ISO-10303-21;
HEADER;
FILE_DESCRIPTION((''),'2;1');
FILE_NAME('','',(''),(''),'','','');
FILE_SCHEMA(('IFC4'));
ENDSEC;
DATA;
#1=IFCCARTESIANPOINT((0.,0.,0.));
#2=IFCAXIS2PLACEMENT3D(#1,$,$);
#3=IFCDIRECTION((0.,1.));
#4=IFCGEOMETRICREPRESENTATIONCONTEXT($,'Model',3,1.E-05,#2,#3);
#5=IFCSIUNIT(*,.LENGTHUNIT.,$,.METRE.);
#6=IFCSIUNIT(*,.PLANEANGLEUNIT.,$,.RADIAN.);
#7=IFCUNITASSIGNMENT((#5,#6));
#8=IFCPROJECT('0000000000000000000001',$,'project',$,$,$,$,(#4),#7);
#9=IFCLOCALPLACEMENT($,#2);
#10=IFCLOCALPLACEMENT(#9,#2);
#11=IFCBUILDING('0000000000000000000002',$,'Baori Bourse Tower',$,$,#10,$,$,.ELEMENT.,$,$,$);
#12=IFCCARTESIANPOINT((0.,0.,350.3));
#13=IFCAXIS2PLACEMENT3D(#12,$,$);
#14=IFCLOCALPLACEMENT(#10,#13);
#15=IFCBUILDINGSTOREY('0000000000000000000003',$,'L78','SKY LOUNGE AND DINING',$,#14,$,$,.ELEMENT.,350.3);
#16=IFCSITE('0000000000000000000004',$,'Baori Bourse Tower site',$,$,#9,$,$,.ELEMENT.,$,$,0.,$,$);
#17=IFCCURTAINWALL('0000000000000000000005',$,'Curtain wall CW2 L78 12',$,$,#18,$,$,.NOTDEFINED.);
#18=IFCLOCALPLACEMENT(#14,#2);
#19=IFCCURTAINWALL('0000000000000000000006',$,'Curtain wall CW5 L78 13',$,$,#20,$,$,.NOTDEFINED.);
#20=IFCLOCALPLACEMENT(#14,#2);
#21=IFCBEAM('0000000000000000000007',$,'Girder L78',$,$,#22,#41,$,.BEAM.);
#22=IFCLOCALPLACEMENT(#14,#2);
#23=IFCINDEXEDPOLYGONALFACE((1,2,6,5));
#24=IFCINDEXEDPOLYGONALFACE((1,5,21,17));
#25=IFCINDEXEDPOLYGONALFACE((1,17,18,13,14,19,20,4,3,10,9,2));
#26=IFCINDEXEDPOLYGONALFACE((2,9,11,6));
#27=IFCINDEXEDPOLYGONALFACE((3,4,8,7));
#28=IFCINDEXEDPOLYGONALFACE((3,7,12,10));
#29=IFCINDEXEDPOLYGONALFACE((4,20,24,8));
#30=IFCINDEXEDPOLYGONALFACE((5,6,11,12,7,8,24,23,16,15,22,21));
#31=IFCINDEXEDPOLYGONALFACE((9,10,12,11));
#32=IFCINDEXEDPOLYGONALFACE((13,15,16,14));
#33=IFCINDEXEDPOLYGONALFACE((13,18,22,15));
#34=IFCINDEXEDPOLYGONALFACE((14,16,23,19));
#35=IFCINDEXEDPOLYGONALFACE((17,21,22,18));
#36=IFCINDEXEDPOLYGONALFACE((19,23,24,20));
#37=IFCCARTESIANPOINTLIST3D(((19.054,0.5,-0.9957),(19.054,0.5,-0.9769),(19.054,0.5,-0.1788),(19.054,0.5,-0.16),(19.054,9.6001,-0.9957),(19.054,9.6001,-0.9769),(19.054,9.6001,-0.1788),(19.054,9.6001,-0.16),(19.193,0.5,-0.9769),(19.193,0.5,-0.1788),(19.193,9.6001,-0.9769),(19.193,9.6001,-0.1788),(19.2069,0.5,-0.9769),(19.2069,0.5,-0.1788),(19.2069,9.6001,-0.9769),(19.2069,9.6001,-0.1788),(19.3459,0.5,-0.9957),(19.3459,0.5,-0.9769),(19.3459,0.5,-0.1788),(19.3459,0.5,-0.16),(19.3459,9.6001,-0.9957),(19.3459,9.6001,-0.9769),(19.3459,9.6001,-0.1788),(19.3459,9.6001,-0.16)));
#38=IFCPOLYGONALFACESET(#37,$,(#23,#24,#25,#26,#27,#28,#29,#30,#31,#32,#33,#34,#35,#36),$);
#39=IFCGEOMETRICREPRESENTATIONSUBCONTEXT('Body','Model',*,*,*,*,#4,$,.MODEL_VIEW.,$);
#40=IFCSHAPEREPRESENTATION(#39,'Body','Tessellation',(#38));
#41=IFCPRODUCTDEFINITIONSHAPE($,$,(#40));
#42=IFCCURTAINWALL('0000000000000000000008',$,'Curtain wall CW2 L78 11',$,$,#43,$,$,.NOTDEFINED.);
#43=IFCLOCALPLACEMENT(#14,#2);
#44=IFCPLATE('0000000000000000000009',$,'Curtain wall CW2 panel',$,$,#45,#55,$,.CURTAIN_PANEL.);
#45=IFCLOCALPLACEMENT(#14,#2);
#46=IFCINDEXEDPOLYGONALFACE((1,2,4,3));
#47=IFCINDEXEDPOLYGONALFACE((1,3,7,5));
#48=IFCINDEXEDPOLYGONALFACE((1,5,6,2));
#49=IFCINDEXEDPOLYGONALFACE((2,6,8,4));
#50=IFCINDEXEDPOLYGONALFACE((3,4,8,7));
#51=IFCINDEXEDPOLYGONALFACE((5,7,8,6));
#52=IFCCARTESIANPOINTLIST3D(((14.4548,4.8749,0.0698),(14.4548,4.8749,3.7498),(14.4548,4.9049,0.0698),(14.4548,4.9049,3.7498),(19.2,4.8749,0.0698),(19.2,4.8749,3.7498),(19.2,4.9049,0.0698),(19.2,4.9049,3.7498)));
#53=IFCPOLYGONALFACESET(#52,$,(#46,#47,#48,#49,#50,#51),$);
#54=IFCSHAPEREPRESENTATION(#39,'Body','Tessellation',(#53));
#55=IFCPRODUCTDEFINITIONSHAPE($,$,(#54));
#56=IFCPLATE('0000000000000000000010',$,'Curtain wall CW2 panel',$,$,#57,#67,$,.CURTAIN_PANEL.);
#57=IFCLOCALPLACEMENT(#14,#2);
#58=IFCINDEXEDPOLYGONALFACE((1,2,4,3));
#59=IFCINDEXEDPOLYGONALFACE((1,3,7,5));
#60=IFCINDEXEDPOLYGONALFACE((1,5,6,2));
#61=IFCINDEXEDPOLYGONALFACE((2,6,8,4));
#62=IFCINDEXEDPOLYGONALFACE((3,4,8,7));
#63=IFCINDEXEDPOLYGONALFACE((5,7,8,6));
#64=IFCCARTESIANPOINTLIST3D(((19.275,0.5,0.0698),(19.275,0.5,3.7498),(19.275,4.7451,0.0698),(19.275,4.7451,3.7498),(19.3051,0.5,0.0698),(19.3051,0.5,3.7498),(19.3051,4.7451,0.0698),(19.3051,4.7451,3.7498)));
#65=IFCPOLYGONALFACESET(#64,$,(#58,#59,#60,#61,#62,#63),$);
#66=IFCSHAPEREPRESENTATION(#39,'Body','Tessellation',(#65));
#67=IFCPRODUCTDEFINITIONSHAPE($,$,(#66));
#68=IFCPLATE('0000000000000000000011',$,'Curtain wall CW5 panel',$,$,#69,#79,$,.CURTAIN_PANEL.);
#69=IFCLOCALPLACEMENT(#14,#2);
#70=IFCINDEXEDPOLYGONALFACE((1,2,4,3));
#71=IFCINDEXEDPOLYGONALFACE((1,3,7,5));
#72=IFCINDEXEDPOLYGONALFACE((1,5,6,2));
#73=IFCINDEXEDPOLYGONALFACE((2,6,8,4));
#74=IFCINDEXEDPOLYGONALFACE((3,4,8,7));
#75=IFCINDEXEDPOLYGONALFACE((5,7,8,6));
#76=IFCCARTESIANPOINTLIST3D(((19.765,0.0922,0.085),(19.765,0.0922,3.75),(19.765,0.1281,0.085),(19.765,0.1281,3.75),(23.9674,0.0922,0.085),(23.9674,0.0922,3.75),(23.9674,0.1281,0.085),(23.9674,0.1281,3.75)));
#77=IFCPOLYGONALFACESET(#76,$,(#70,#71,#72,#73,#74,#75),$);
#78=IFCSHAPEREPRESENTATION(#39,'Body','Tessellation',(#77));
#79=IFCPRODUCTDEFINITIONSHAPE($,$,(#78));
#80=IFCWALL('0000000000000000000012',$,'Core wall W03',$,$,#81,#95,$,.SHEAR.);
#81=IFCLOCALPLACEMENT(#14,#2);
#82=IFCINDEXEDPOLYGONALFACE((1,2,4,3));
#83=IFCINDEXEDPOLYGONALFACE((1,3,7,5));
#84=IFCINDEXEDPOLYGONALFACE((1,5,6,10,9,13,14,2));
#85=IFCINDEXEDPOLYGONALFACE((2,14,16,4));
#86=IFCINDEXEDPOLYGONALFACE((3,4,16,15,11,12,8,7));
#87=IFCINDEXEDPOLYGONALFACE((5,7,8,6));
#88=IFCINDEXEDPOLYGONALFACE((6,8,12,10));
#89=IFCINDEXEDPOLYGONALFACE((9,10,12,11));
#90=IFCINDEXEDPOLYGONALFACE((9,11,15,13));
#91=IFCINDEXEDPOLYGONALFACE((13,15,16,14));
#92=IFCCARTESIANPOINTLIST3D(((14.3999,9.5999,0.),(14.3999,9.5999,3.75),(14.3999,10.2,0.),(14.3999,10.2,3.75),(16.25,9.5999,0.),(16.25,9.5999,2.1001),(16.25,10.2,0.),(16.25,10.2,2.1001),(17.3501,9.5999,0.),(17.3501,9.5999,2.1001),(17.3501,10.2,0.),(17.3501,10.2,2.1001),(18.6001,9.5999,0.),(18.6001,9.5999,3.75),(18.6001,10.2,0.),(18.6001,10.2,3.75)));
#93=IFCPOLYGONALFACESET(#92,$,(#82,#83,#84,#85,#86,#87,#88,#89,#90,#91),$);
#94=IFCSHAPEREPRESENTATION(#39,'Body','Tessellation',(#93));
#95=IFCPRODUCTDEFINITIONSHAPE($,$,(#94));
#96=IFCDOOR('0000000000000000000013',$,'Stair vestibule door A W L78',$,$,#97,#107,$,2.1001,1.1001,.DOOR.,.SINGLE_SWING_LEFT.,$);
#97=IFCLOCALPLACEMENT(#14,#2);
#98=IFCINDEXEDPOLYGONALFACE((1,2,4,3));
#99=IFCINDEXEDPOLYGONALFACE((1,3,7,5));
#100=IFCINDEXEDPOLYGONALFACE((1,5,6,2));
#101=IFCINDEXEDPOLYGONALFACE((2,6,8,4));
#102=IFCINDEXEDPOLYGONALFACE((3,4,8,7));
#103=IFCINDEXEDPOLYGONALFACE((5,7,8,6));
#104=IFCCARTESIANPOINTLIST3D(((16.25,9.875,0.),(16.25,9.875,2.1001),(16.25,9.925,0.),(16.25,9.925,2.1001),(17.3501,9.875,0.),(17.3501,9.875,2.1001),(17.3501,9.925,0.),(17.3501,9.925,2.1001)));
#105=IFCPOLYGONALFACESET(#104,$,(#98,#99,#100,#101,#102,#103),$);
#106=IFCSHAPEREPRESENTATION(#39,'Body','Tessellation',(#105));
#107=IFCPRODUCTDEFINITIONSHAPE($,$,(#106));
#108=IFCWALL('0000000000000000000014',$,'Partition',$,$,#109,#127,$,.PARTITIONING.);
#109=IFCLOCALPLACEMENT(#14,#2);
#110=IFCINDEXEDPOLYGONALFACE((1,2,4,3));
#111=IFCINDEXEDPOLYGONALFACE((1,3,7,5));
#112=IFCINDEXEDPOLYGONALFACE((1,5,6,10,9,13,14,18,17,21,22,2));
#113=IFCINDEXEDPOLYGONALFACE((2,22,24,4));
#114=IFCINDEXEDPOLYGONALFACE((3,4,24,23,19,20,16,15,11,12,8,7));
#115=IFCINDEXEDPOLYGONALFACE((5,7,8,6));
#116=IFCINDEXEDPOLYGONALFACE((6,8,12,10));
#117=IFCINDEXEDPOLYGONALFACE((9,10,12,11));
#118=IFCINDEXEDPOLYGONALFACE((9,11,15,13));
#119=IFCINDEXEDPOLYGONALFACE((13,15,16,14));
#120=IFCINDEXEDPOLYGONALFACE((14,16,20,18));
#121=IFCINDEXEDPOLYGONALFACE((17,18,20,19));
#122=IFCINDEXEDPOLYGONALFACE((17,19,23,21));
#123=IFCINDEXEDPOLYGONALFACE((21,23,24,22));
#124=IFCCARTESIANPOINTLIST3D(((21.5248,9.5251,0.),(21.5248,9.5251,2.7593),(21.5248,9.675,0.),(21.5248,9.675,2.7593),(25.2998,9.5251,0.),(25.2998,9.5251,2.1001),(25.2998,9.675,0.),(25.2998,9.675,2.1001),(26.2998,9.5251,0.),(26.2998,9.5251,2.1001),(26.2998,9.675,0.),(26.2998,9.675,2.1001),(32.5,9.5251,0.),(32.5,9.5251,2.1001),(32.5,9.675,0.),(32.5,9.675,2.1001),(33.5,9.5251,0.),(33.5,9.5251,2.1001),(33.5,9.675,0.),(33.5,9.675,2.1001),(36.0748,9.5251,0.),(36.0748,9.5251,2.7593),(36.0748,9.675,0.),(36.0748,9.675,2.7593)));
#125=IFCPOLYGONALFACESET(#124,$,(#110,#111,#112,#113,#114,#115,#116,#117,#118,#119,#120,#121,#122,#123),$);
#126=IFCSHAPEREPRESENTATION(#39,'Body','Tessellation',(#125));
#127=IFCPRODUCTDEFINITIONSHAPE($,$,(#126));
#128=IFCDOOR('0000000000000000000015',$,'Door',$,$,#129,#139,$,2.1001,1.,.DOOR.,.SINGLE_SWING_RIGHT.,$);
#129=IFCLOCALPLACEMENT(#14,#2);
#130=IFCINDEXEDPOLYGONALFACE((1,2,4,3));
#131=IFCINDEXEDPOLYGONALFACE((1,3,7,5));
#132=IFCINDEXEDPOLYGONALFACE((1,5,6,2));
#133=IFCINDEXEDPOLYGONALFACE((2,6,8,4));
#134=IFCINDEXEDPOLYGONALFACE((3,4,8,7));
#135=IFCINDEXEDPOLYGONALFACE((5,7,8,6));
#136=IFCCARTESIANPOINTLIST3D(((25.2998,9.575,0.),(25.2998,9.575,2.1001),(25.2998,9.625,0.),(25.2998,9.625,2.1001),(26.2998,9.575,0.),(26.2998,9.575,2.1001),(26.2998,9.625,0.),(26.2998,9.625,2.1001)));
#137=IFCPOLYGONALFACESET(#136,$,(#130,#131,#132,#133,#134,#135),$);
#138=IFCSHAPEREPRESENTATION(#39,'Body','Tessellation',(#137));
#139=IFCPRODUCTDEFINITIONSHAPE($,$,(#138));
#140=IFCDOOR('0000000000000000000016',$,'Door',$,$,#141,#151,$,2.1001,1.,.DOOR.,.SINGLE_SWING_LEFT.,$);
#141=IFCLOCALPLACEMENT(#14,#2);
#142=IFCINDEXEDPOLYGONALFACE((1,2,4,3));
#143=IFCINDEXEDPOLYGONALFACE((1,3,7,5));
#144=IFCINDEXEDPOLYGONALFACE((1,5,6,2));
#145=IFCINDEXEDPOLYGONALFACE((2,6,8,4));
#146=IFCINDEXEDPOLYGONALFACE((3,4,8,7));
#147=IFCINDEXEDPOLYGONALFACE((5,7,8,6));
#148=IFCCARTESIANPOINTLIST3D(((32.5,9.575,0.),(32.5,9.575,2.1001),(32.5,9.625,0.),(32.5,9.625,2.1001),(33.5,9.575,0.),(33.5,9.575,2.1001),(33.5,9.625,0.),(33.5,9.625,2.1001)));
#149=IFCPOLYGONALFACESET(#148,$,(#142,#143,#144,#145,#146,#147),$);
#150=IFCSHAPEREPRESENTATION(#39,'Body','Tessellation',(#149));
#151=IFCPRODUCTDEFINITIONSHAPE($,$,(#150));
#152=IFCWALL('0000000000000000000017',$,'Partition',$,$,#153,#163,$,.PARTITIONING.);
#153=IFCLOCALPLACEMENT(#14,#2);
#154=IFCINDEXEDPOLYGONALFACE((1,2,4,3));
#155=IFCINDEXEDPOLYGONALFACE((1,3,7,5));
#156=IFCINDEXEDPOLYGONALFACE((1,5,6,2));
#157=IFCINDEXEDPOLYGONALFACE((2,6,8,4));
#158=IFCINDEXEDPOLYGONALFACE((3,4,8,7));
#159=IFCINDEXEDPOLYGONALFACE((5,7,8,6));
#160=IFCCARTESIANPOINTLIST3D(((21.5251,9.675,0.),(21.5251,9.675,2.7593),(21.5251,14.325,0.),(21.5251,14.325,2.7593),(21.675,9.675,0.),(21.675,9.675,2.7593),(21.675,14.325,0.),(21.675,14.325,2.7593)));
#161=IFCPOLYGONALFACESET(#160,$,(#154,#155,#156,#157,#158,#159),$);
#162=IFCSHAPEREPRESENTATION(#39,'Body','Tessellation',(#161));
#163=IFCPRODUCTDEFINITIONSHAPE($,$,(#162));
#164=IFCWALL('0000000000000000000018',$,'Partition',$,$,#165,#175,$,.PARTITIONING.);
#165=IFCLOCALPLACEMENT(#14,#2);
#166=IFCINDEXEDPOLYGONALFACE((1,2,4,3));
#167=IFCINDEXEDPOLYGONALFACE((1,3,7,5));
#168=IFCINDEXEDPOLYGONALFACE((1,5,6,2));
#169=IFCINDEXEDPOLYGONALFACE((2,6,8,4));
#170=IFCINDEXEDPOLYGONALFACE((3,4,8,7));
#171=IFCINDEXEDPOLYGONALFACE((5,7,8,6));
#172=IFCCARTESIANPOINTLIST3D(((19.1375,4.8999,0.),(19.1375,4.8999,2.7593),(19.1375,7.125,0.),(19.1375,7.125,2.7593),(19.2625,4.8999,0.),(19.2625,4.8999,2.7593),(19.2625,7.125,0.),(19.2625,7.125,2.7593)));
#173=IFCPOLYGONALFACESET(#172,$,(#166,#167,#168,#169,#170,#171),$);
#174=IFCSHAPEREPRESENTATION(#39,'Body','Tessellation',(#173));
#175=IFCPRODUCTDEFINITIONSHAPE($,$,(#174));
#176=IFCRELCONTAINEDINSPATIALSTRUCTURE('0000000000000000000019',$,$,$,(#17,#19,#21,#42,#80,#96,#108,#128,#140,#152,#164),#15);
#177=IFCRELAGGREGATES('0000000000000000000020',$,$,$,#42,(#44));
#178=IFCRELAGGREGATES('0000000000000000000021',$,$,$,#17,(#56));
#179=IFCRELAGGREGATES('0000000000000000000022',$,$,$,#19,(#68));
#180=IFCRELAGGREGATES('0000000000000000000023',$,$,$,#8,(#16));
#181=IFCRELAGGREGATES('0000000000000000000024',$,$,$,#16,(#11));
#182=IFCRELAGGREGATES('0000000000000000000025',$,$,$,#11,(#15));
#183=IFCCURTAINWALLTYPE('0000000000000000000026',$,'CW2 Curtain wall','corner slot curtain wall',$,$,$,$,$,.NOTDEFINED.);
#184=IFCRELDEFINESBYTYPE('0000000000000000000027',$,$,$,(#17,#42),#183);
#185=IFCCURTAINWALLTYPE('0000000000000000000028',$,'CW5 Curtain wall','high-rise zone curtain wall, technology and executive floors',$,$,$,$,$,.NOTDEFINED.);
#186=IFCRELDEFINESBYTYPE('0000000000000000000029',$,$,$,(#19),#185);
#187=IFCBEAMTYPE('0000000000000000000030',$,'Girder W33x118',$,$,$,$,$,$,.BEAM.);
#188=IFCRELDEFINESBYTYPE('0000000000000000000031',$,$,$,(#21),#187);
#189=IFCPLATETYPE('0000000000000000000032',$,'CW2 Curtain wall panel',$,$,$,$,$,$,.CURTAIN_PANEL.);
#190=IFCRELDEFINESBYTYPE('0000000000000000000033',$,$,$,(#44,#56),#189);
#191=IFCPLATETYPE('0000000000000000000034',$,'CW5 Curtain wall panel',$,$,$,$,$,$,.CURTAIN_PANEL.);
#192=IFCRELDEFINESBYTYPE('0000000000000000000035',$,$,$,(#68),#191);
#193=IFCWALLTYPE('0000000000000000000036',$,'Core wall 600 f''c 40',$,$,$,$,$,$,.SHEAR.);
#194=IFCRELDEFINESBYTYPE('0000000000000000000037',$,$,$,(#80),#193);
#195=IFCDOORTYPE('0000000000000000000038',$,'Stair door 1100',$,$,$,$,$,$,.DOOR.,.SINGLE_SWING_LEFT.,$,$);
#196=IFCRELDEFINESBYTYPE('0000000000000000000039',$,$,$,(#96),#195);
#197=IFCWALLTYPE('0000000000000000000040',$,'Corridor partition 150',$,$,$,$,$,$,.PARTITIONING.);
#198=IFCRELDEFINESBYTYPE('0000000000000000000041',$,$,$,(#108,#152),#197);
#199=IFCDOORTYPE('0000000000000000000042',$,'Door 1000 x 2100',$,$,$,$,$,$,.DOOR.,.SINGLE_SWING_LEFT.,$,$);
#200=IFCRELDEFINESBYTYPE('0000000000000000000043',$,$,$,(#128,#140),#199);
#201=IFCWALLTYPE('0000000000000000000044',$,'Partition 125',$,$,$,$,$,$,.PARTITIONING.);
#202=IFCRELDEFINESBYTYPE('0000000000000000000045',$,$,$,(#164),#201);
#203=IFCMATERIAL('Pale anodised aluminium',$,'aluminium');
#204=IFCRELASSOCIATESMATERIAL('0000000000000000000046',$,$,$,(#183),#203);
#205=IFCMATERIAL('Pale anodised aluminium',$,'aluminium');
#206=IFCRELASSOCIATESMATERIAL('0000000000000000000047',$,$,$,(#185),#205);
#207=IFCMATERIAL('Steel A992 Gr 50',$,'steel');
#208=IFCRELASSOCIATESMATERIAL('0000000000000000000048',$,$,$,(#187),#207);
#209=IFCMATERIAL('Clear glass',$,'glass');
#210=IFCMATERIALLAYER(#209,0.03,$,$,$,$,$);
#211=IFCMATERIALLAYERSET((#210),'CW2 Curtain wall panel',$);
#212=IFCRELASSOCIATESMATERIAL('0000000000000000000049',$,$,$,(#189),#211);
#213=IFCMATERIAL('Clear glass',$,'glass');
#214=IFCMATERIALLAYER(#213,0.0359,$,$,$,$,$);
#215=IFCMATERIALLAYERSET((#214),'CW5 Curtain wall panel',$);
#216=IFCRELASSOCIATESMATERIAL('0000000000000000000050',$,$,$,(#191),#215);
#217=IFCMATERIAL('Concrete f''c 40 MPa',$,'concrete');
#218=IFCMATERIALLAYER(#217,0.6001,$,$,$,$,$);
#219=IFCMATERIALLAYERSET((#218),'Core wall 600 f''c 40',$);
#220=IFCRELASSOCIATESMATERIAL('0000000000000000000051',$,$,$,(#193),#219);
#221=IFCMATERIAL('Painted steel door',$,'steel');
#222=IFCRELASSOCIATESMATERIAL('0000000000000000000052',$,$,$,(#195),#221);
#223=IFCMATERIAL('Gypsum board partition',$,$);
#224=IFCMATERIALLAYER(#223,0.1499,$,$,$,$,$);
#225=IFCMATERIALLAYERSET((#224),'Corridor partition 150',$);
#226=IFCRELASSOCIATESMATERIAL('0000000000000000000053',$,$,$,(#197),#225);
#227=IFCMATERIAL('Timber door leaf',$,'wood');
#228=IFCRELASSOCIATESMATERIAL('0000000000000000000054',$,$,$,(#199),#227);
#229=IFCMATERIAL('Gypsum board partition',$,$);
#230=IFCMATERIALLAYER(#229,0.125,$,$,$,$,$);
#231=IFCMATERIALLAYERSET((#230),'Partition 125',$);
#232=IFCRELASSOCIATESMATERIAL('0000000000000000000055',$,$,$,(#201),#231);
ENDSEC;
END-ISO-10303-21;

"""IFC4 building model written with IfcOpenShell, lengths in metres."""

from ifc_helpers import new_model, si_unit, direction, frame, frame_2d, origin, origin_2d, place, context, subcontext, project, spatial, rectangle, i_section, extrude, material, layer, layer_set, material_profile, profile_set, type_object, element, fill, aggregate, save


model = new_model("IFC4")

# Units and contexts
model_context = context("Model", 3, precision=1e-05, world=origin(), true_north=direction((0.0, 1.0)))
body_context = subcontext(model_context, "Body", "Model", "MODEL_VIEW")
ifc_project = project(units=[si_unit("LENGTHUNIT", "METRE"), si_unit("PLANEANGLEUNIT", "RADIAN")], contexts=[model_context])

# Site, building, storey
site_placement = place(None, origin())
site = spatial("IfcSite", under=ifc_project, at=site_placement, Name="Baori Bourse Tower site", CompositionType="ELEMENT", RefElevation=0.0)
building_placement = place(site_placement, origin())
building = spatial("IfcBuilding", under=site, at=building_placement, Name="Baori Bourse Tower", CompositionType="ELEMENT")
storey_placement = place(building_placement, frame((0.0, 0.0, 350.3)))
storey = spatial("IfcBuildingStorey", under=building, at=storey_placement, Name="L78", Description="SKY LOUNGE AND DINING", CompositionType="ELEMENT", Elevation=350.3)

# Curtain walls
ifc_material_1 = material(Name="Pale anodised aluminium", Category="aluminium")
curtain_wall_type_1 = type_object("IfcCurtainWallType", Name="CW2 Curtain wall", Description="corner slot curtain wall", PredefinedType="NOTDEFINED", material=ifc_material_1)
curtain_wall_1_placement = place(storey_placement, origin())
curtain_wall_1 = element("IfcCurtainWall", 1, at=curtain_wall_1_placement, inside=storey, type_object=curtain_wall_type_1, Name="Curtain wall CW2 L78 12", PredefinedType="NOTDEFINED")
ifc_material_2 = material(Name="Pale anodised aluminium", Category="aluminium")
curtain_wall_type_2 = type_object("IfcCurtainWallType", Name="CW5 Curtain wall", Description="high-rise zone curtain wall, technology and executive floors", PredefinedType="NOTDEFINED", material=ifc_material_2)
curtain_wall_2_placement = place(storey_placement, origin())
curtain_wall_2 = element("IfcCurtainWall", 2, at=curtain_wall_2_placement, inside=storey, type_object=curtain_wall_type_2, Name="Curtain wall CW5 L78 13", PredefinedType="NOTDEFINED")

# Beam
ifc_material_3 = material(Name="Steel A992 Gr 50", Category="steel")
ifc_material_profile_1 = material_profile(ifc_material_3, i_section(OverallWidth=0.292, OverallDepth=0.8357, WebThickness=0.0139, FlangeThickness=0.0188, at=origin_2d()), Name="W33x118")
ifc_profile_set_1 = profile_set([ifc_material_profile_1], Name="Steel A992 Gr 50")
beam_type_1 = type_object("IfcBeamType", Name="Girder W33x118", PredefinedType="BEAM", material=ifc_profile_set_1)
beam_1_placement = place(storey_placement, frame((19.2, 0.5, -0.5779), z_axis=(0.0, 1.0, 0.0), x_axis=(-1.0, 0.0, 0.0)))
element("IfcBeam", 3, at=beam_1_placement, inside=storey, type_object=beam_type_1, Name="Girder L78", PredefinedType="BEAM", context=body_context, shape_type="SweptSolid", body=[
    extrude(i_section(OverallWidth=0.292, OverallDepth=0.8357, WebThickness=0.0139, FlangeThickness=0.0188, at=origin_2d()), origin(), (0.0, 0.0, 1.0), 9.1001),
])

# Curtain wall, plate
curtain_wall_3_placement = place(storey_placement, origin())
curtain_wall_3 = element("IfcCurtainWall", 4, at=curtain_wall_3_placement, inside=storey, type_object=curtain_wall_type_1, Name="Curtain wall CW2 L78 11", PredefinedType="NOTDEFINED")
ifc_material_4 = material(Name="Clear glass", Category="glass")
ifc_layer_1 = layer(ifc_material_4, 0.03)
ifc_layer_set_1 = layer_set([ifc_layer_1], Name="CW2 Curtain wall panel")
plate_type_1 = type_object("IfcPlateType", Name="CW2 Curtain wall panel", PredefinedType="CURTAIN_PANEL", material=ifc_layer_set_1)
plate_1_placement = place(storey_placement, frame((16.8274, 4.8899, 0.0698), z_axis=(0.0, 0.0, 1.0), x_axis=(1.0, 0.0, 0.0)))
plate_1 = element("IfcPlate", 5, at=plate_1_placement, type_object=plate_type_1, Name="Curtain wall CW2 panel", PredefinedType="CURTAIN_PANEL", context=body_context, shape_type="SweptSolid", body=[
    extrude(rectangle(XDim=4.7451, YDim=0.03, at=origin_2d()), origin(), (0.0, 0.0, 1.0), 3.6799),
])
aggregate(curtain_wall_3, [plate_1])

# Plates
plate_2_placement = place(storey_placement, frame((19.29, 2.6226, 0.0698), z_axis=(0.0, 0.0, 1.0), x_axis=(0.0, -1.0, 0.0)))
plate_2 = element("IfcPlate", 6, at=plate_2_placement, type_object=plate_type_1, Name="Curtain wall CW2 panel", PredefinedType="CURTAIN_PANEL", context=body_context, shape_type="SweptSolid", body=[
    extrude(rectangle(XDim=4.2451, YDim=0.03, at=origin_2d()), origin(), (0.0, 0.0, 1.0), 3.6799),
])
aggregate(curtain_wall_1, [plate_2])
ifc_material_5 = material(Name="Clear glass", Category="glass")
ifc_layer_2 = layer(ifc_material_5, 0.0359)
ifc_layer_set_2 = layer_set([ifc_layer_2], Name="CW5 Curtain wall panel")
plate_type_2 = type_object("IfcPlateType", Name="CW5 Curtain wall panel", PredefinedType="CURTAIN_PANEL", material=ifc_layer_set_2)
plate_3_placement = place(storey_placement, frame((21.8662, 0.1101, 0.085), z_axis=(0.0, 0.0, 1.0), x_axis=(1.0, 0.0, 0.0)))
plate_3 = element("IfcPlate", 7, at=plate_3_placement, type_object=plate_type_2, Name="Curtain wall CW5 panel", PredefinedType="CURTAIN_PANEL", context=body_context, shape_type="SweptSolid", body=[
    extrude(rectangle(XDim=4.2024, YDim=0.0359, at=origin_2d()), origin(), (0.0, 0.0, 1.0), 3.665),
])
aggregate(curtain_wall_2, [plate_3])

# Wall, opening, door
ifc_material_6 = material(Name="Concrete f'c 40 MPa", Category="concrete")
ifc_layer_3 = layer(ifc_material_6, 0.6001)
ifc_layer_set_3 = layer_set([ifc_layer_3], Name="Core wall 600 f'c 40")
wall_type_1 = type_object("IfcWallType", Name="Core wall 600 f'c 40", PredefinedType="SHEAR", material=ifc_layer_set_3)
wall_1_placement = place(storey_placement, frame((18.6001, 9.8999, 0.0), z_axis=(0.0, 0.0, 1.0), x_axis=(-1.0, 0.0, 0.0)))
wall_1 = element("IfcWall", 8, at=wall_1_placement, inside=storey, type_object=wall_type_1, Name="Core wall W03", PredefinedType="SHEAR", context=body_context, shape_type="SweptSolid", body=[
    extrude(rectangle(XDim=4.2002, YDim=0.6001, at=frame_2d((2.1001, 0.0))), origin(), (0.0, 0.0, 1.0), 3.75),
])
opening_1_placement = place(wall_1_placement, frame((1.25, 0.0, 0.0)))
opening_1 = element("IfcOpeningElement", 9, at=opening_1_placement, cuts=wall_1, PredefinedType="OPENING", context=body_context, shape_type="SweptSolid", body=[
    extrude(rectangle(XDim=1.1001, YDim=2.1001, at=frame_2d((0.55, 1.05))), frame((0.0, 0.3101, 0.0), z_axis=(0.0, -1.0, 0.0), x_axis=(1.0, 0.0, 0.0)), (0.0, 0.0, 1.0), 0.6201),
])
ifc_material_7 = material(Name="Painted steel door", Category="steel")
door_type_1 = type_object("IfcDoorType", Name="Stair door 1100", OperationType="SINGLE_SWING_LEFT", PredefinedType="DOOR", material=ifc_material_7)
door_1_placement = place(opening_1_placement, origin())
door_1 = element("IfcDoor", 10, at=door_1_placement, inside=storey, type_object=door_type_1, Name="Stair vestibule door A W L78", OperationType="SINGLE_SWING_LEFT", OverallHeight=2.1001, OverallWidth=1.1001, PredefinedType="DOOR", context=body_context, shape_type="SweptSolid", body=[
    extrude(rectangle(XDim=1.1001, YDim=2.1001, at=frame_2d((0.55, 1.05))), frame((0.0, 0.0249, 0.0), z_axis=(0.0, -1.0, 0.0), x_axis=(1.0, 0.0, 0.0)), (0.0, 0.0, 1.0), 0.05),
])
fill(opening_1, door_1)

# Wall, openings, doors
ifc_material_8 = material(Name="Gypsum board partition")
ifc_layer_4 = layer(ifc_material_8, 0.1499)
ifc_layer_set_4 = layer_set([ifc_layer_4], Name="Corridor partition 150")
wall_type_2 = type_object("IfcWallType", Name="Corridor partition 150", PredefinedType="PARTITIONING", material=ifc_layer_set_4)
wall_2_placement = place(storey_placement, frame((21.5249, 9.6001, 0.0), z_axis=(0.0, 0.0, 1.0), x_axis=(1.0, 0.0, 0.0)))
wall_2 = element("IfcWall", 11, at=wall_2_placement, inside=storey, type_object=wall_type_2, Name="Partition", PredefinedType="PARTITIONING", context=body_context, shape_type="SweptSolid", body=[
    extrude(rectangle(XDim=14.55, YDim=0.1499, at=frame_2d((7.2749, 0.0))), origin(), (0.0, 0.0, 1.0), 2.7593),
])
opening_2_placement = place(wall_2_placement, frame((3.7749, 0.0, 0.0)))
opening_2 = element("IfcOpeningElement", 12, at=opening_2_placement, cuts=wall_2, PredefinedType="OPENING", context=body_context, shape_type="SweptSolid", body=[
    extrude(rectangle(XDim=1.0, YDim=2.1001, at=frame_2d((0.5, 1.05))), frame((0.0, 0.085, 0.0), z_axis=(0.0, -1.0, 0.0), x_axis=(1.0, 0.0, 0.0)), (0.0, 0.0, 1.0), 0.1699),
])
opening_3_placement = place(wall_2_placement, frame((10.9751, 0.0, 0.0)))
opening_3 = element("IfcOpeningElement", 13, at=opening_3_placement, cuts=wall_2, PredefinedType="OPENING", context=body_context, shape_type="SweptSolid", body=[
    extrude(rectangle(XDim=1.0, YDim=2.1001, at=frame_2d((0.5, 1.05))), frame((0.0, 0.085, 0.0), z_axis=(0.0, -1.0, 0.0), x_axis=(1.0, 0.0, 0.0)), (0.0, 0.0, 1.0), 0.1699),
])
ifc_material_9 = material(Name="Timber door leaf", Category="wood")
door_type_2 = type_object("IfcDoorType", Name="Door 1000 x 2100", OperationType="SINGLE_SWING_LEFT", PredefinedType="DOOR", material=ifc_material_9)
door_2_placement = place(opening_2_placement, origin())
door_2 = element("IfcDoor", 14, at=door_2_placement, inside=storey, type_object=door_type_2, Name="Door", OperationType="SINGLE_SWING_RIGHT", OverallHeight=2.1001, OverallWidth=1.0, PredefinedType="DOOR", context=body_context, shape_type="SweptSolid", body=[
    extrude(rectangle(XDim=1.0, YDim=2.1001, at=frame_2d((0.5, 1.05))), frame((0.0, 0.0249, 0.0), z_axis=(0.0, -1.0, 0.0), x_axis=(1.0, 0.0, 0.0)), (0.0, 0.0, 1.0), 0.05),
])
fill(opening_2, door_2)
door_3_placement = place(opening_3_placement, origin())
door_3 = element("IfcDoor", 15, at=door_3_placement, inside=storey, type_object=door_type_2, Name="Door", OperationType="SINGLE_SWING_LEFT", OverallHeight=2.1001, OverallWidth=1.0, PredefinedType="DOOR", context=body_context, shape_type="SweptSolid", body=[
    extrude(rectangle(XDim=1.0, YDim=2.1001, at=frame_2d((0.5, 1.05))), frame((0.0, 0.0249, 0.0), z_axis=(0.0, -1.0, 0.0), x_axis=(1.0, 0.0, 0.0)), (0.0, 0.0, 1.0), 0.05),
])
fill(opening_3, door_3)

# Walls
wall_3_placement = place(storey_placement, frame((21.6001, 9.675, 0.0), z_axis=(0.0, 0.0, 1.0), x_axis=(0.0, 1.0, 0.0)))
element("IfcWall", 16, at=wall_3_placement, inside=storey, type_object=wall_type_2, Name="Partition", PredefinedType="PARTITIONING", context=body_context, shape_type="SweptSolid", body=[
    extrude(rectangle(XDim=4.6499, YDim=0.1499, at=frame_2d((2.325, 0.0))), origin(), (0.0, 0.0, 1.0), 2.7593),
])
ifc_material_10 = material(Name="Gypsum board partition")
ifc_layer_5 = layer(ifc_material_10, 0.125)
ifc_layer_set_5 = layer_set([ifc_layer_5], Name="Partition 125")
wall_type_3 = type_object("IfcWallType", Name="Partition 125", PredefinedType="PARTITIONING", material=ifc_layer_set_5)
wall_4_placement = place(storey_placement, frame((19.2, 4.8999, 0.0), z_axis=(0.0, 0.0, 1.0), x_axis=(0.0, 1.0, 0.0)))
element("IfcWall", 17, at=wall_4_placement, inside=storey, type_object=wall_type_3, Name="Partition", PredefinedType="PARTITIONING", context=body_context, shape_type="SweptSolid", body=[
    extrude(rectangle(XDim=2.2251, YDim=0.125, at=frame_2d((1.1125, 0.0))), origin(), (0.0, 0.0, 1.0), 2.7593),
])

save(model, "model.ifc")
